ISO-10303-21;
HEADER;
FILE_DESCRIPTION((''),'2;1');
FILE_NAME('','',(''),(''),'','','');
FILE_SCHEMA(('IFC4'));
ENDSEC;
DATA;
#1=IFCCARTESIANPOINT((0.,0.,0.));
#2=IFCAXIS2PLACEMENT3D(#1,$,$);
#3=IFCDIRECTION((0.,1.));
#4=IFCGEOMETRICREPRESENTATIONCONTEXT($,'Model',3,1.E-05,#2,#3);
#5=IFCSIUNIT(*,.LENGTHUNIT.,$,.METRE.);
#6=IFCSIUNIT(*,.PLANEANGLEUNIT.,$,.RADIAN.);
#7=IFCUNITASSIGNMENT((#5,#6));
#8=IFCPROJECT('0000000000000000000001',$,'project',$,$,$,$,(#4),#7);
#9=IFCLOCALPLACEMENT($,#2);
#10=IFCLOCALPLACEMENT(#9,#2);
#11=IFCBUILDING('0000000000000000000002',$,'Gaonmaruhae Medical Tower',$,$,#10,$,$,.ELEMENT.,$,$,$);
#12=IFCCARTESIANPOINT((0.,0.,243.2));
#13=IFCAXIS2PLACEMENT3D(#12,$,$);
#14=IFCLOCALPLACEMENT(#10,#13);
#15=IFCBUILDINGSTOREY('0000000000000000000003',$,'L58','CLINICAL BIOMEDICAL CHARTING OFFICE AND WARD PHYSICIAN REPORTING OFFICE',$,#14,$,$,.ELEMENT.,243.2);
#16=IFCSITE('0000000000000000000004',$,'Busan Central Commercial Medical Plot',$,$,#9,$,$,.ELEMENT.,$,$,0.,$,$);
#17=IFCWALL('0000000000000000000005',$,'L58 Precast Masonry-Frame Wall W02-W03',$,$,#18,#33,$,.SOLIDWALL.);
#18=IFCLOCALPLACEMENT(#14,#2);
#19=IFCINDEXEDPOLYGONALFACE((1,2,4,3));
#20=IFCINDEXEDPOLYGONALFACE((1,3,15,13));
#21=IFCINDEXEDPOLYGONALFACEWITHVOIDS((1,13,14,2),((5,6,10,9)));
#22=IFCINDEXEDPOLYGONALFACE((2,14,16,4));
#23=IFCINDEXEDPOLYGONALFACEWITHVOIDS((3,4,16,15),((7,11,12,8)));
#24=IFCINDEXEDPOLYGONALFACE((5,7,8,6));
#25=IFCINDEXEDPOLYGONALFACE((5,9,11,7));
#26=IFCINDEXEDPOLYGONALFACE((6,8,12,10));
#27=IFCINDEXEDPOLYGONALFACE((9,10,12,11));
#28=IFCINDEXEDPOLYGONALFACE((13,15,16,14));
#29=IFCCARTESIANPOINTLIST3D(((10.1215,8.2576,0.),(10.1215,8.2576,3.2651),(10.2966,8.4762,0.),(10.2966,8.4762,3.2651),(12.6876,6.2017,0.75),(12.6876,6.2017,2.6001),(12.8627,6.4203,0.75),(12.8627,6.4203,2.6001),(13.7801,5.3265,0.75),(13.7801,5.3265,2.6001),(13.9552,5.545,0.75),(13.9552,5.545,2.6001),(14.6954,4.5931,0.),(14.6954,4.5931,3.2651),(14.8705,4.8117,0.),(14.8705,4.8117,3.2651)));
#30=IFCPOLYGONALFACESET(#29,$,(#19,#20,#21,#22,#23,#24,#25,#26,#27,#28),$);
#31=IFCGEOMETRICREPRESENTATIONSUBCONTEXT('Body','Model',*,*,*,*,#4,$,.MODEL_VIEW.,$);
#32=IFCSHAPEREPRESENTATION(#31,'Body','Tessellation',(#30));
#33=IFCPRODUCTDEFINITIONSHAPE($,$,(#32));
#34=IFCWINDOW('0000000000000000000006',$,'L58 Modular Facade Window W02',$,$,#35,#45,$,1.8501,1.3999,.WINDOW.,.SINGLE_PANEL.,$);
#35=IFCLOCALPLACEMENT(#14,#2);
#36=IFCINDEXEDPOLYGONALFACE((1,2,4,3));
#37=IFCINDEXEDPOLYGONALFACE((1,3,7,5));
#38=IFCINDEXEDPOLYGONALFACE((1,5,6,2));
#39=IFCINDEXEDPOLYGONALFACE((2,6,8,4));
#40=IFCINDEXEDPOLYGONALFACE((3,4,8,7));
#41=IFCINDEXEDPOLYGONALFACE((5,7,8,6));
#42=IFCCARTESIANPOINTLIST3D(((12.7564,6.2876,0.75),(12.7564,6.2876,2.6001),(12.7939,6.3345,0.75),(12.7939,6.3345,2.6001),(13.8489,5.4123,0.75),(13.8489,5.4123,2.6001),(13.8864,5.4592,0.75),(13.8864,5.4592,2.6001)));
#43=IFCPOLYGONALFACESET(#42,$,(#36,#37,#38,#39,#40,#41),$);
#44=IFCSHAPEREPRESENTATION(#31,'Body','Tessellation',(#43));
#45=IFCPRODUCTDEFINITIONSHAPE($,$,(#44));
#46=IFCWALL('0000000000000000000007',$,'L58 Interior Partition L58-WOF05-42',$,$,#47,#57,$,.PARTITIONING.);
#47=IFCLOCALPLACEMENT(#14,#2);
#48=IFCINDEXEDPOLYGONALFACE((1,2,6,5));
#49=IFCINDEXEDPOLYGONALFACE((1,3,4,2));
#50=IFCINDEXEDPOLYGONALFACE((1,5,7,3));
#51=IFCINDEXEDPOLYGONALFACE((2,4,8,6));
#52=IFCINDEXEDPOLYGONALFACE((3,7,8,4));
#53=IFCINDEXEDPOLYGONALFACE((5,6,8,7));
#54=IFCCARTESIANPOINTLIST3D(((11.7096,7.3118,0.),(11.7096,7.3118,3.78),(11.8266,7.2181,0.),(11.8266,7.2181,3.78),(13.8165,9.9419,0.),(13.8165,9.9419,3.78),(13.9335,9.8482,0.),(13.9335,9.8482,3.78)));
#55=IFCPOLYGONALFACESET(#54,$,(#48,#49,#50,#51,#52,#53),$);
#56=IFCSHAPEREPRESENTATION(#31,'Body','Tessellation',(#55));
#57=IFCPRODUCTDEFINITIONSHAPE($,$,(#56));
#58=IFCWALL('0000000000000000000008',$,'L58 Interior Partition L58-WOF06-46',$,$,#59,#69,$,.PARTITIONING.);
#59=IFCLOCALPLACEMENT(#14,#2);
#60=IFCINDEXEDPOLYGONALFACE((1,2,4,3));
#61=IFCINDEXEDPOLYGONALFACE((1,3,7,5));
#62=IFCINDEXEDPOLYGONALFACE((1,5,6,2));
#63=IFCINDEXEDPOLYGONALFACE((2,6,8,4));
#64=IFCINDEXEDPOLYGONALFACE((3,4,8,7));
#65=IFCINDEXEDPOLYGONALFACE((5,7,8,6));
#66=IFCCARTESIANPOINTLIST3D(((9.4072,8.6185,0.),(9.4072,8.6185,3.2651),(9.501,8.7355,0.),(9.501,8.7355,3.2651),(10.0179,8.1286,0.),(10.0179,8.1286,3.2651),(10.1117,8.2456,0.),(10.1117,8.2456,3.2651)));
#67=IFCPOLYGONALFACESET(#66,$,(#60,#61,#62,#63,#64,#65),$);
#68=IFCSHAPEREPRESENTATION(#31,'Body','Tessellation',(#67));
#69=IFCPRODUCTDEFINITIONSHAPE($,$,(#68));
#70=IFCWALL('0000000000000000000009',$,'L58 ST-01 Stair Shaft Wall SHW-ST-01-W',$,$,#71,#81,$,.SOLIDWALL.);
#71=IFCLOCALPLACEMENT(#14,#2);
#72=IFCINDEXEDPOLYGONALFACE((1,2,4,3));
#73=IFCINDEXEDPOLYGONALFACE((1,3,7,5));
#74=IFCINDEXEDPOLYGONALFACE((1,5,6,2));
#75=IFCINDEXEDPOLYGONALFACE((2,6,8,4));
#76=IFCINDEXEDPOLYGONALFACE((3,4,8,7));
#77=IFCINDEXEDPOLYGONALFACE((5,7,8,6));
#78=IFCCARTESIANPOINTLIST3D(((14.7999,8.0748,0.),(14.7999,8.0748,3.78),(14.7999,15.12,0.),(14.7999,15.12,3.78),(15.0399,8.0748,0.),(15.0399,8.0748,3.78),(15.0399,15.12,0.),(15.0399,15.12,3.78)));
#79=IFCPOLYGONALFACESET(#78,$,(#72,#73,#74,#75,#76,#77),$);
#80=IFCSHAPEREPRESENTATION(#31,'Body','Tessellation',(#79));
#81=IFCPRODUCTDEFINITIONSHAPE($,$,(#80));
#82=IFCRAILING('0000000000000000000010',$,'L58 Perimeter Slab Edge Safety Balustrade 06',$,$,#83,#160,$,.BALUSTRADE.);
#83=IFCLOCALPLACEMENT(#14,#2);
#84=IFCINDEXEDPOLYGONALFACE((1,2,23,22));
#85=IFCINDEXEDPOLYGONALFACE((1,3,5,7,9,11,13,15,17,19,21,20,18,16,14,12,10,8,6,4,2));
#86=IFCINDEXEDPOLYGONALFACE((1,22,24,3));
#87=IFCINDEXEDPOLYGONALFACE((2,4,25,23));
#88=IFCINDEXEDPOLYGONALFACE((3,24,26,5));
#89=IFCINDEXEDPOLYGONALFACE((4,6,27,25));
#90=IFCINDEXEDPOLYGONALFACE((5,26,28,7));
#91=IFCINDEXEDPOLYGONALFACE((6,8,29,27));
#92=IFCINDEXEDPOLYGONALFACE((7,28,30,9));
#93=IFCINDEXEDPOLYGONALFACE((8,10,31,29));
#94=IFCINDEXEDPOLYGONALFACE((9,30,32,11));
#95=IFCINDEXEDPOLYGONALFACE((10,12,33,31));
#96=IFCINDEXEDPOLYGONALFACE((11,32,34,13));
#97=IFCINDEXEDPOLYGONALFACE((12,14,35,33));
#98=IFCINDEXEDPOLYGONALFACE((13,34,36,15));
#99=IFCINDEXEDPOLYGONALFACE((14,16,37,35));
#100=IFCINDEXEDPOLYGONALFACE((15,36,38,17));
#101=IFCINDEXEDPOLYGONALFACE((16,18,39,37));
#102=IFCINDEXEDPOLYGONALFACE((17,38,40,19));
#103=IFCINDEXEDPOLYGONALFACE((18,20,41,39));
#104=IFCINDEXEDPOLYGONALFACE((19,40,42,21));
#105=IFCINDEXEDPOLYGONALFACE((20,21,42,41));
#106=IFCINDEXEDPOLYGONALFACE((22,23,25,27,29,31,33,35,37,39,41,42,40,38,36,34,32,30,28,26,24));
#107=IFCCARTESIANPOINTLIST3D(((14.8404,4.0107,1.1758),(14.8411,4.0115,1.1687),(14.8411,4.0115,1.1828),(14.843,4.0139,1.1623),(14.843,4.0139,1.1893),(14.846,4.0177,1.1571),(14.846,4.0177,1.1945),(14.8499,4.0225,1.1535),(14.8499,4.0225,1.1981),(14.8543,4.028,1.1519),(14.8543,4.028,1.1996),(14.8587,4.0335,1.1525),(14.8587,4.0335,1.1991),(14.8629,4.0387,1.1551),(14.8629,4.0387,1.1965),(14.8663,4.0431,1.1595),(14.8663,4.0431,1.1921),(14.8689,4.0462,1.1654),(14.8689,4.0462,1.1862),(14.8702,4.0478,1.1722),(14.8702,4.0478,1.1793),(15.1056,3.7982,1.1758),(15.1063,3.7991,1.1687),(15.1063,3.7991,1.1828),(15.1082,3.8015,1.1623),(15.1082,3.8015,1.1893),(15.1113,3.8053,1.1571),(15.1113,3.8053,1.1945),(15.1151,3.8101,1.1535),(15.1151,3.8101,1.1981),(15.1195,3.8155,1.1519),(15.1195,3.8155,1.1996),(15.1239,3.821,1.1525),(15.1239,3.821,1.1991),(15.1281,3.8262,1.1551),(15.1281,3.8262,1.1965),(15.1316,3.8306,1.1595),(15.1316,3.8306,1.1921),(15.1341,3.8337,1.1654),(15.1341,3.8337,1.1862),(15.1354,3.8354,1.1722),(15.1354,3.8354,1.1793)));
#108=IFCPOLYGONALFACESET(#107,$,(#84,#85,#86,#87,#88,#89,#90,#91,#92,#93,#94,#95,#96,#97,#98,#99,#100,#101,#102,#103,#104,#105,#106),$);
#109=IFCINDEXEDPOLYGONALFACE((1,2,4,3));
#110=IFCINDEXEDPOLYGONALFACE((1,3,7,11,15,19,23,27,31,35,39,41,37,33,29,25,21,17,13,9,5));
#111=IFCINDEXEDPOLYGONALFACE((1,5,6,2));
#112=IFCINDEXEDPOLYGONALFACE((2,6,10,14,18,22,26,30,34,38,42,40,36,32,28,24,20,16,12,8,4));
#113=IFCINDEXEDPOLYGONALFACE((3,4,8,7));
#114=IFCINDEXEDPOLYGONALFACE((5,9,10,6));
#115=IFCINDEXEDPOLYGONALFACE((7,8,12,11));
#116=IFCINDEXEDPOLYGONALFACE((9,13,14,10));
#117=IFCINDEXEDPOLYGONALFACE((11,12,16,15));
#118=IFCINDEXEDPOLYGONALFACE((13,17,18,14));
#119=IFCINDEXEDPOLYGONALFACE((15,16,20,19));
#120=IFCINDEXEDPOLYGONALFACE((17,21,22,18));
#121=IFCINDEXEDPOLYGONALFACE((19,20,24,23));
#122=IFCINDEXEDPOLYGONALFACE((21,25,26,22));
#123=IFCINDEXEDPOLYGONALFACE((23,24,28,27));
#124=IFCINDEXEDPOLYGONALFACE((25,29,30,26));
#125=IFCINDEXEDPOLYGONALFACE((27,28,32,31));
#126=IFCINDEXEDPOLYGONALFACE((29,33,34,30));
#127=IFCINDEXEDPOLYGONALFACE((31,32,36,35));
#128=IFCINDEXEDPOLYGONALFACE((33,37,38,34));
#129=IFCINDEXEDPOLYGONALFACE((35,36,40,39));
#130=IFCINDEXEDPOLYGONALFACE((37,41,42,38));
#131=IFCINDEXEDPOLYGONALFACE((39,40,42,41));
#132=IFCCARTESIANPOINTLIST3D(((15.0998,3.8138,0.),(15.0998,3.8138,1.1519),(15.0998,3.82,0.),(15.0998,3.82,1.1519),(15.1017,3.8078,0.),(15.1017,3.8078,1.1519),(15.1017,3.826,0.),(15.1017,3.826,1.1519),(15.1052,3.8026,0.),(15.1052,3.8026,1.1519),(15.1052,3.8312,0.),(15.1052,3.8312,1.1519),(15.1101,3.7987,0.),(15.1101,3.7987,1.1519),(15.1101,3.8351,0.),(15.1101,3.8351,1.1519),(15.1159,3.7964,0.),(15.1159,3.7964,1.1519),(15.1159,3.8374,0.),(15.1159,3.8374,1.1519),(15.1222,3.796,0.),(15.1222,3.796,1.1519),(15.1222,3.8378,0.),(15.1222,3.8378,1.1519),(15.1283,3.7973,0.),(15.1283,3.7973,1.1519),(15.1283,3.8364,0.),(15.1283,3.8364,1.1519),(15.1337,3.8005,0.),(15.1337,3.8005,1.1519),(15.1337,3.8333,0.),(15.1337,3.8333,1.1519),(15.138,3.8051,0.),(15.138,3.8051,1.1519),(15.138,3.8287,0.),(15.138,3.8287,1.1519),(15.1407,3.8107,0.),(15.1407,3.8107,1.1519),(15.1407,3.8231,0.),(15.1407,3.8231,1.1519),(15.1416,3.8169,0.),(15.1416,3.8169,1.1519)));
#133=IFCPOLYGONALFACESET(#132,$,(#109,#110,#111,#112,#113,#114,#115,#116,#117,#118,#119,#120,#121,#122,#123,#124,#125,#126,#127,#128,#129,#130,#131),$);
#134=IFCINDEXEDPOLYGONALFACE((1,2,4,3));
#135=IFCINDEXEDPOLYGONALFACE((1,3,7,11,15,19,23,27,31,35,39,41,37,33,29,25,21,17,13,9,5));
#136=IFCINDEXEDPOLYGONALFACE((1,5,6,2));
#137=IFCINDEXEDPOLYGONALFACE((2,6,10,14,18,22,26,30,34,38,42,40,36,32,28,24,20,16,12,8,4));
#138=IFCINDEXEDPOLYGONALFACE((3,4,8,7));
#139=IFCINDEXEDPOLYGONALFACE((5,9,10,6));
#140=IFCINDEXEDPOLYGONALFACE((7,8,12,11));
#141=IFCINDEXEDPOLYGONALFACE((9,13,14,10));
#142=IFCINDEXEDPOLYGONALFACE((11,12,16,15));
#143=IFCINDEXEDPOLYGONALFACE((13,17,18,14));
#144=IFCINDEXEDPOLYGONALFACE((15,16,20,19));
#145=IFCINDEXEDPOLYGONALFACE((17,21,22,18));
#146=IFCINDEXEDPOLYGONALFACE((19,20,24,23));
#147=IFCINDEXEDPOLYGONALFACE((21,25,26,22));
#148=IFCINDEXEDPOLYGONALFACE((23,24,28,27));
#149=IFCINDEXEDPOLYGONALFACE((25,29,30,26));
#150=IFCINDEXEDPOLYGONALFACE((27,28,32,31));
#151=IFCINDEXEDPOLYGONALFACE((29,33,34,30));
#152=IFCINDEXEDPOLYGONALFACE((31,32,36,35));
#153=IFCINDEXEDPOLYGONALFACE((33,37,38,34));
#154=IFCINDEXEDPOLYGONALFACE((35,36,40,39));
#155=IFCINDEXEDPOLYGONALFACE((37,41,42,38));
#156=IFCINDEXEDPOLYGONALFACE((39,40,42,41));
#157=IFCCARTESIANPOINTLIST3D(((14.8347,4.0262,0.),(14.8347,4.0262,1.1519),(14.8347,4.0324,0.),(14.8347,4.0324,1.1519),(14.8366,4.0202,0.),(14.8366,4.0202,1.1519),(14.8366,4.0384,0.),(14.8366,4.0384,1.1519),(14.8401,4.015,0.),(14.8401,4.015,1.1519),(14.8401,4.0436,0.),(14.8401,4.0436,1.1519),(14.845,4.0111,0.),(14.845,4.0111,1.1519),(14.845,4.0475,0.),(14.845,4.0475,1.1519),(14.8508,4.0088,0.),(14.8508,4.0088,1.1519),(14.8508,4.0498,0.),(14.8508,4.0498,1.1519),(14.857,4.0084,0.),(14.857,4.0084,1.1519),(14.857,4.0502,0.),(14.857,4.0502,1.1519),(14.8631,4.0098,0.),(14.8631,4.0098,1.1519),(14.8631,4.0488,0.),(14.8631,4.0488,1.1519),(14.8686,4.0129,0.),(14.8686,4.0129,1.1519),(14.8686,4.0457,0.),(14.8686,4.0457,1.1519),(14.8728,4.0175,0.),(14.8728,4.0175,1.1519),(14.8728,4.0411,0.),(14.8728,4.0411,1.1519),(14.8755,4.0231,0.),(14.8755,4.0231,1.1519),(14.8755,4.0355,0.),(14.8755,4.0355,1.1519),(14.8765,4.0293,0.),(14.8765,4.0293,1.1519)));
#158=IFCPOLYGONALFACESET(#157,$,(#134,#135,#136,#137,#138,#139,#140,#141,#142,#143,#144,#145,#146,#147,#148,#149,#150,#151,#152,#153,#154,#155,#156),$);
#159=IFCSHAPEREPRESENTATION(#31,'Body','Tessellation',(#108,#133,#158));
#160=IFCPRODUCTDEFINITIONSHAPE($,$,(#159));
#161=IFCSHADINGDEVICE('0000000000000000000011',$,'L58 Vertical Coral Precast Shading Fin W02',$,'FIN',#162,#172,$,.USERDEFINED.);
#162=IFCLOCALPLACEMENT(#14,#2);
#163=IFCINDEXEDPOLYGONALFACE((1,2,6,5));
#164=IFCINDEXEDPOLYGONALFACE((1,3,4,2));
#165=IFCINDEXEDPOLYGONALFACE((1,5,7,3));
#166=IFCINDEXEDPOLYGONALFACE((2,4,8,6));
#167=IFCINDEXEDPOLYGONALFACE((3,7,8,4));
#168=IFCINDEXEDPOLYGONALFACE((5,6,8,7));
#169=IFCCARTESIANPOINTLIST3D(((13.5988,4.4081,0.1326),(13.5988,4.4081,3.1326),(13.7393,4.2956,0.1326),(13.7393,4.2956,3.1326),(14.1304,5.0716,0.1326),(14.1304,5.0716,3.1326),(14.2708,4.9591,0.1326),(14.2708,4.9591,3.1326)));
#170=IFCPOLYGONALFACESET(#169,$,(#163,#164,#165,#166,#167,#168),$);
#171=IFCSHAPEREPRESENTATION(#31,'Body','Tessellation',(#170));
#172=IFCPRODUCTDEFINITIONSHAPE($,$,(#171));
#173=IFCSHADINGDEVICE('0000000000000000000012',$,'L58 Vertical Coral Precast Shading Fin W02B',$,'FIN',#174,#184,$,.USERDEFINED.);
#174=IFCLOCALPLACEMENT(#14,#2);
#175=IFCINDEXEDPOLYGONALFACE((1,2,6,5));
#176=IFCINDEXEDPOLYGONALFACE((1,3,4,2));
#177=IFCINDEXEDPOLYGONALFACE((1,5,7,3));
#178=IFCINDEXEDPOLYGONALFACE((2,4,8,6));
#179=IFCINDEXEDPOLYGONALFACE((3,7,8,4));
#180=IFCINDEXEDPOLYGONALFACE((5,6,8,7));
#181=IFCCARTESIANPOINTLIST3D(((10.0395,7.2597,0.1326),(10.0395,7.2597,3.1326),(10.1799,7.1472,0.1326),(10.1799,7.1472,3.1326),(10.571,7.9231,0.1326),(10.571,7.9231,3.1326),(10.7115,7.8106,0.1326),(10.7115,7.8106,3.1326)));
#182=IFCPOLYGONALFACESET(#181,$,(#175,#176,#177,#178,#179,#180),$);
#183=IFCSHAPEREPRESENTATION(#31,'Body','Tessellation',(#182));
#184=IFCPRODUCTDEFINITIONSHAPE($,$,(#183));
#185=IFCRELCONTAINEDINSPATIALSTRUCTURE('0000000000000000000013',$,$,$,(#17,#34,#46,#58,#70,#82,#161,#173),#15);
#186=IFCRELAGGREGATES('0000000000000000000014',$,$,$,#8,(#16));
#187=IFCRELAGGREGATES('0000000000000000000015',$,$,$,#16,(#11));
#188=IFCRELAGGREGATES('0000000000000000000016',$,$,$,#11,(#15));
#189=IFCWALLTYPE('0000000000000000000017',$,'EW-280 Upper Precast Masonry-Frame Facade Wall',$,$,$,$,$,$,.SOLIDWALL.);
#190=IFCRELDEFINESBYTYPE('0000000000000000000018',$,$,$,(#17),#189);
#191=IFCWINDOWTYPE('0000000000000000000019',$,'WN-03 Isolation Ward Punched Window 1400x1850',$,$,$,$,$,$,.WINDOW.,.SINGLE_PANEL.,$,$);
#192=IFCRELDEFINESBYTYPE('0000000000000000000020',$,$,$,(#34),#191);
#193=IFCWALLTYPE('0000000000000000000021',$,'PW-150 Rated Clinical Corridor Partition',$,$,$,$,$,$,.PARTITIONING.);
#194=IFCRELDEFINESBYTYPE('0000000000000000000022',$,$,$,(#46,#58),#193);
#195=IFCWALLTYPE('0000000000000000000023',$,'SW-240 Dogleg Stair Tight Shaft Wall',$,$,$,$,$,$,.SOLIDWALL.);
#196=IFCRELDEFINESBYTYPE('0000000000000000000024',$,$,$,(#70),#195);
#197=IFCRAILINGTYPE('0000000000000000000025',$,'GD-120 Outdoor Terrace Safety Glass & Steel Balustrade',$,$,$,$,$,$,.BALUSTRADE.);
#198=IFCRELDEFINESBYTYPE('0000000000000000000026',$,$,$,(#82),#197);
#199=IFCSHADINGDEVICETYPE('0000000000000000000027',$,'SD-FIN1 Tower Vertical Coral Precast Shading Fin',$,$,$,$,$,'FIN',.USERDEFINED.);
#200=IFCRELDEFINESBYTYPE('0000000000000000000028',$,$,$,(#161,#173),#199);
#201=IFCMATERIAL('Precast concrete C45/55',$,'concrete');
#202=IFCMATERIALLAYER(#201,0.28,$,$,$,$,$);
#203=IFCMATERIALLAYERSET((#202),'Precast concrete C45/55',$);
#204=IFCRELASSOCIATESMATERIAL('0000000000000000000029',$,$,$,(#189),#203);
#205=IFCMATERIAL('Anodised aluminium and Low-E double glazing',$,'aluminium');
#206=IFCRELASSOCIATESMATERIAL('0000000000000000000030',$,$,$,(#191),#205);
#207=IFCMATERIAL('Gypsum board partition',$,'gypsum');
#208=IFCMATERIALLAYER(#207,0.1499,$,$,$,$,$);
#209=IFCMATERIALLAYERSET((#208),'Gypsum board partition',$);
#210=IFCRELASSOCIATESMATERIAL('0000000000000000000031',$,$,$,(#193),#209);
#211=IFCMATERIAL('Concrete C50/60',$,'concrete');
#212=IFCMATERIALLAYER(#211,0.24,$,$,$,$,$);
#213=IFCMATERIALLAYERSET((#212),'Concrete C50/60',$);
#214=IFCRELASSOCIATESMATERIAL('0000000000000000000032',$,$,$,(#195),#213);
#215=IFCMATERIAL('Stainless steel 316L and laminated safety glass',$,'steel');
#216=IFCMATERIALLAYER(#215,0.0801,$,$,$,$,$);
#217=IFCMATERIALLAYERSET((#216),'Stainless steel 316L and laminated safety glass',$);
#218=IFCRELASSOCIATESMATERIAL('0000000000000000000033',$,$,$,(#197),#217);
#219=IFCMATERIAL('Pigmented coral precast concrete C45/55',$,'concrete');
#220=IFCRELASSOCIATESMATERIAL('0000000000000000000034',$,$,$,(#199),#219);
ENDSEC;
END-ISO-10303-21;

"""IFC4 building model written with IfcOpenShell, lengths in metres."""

from ifc_helpers import new_model, si_unit, direction, frame, frame_2d, origin, origin_2d, place, context, subcontext, project, spatial, rectangle, circle, extrude, material, layer, layer_set, type_object, element, fill, save


model = new_model("IFC4")

# Units and contexts
model_context = context("Model", 3, precision=1e-05, world=origin(), true_north=direction((0.0, 1.0)))
body_context = subcontext(model_context, "Body", "Model", "MODEL_VIEW")
ifc_project = project(units=[si_unit("LENGTHUNIT", "METRE"), si_unit("PLANEANGLEUNIT", "RADIAN")], contexts=[model_context])

# Site, building, storey
site_placement = place(None, origin())
site = spatial("IfcSite", under=ifc_project, at=site_placement, Name="Busan Central Commercial Medical Plot", CompositionType="ELEMENT", RefElevation=0.0)
building_placement = place(site_placement, origin())
building = spatial("IfcBuilding", under=site, at=building_placement, Name="Gaonmaruhae Medical Tower", CompositionType="ELEMENT")
storey_placement = place(building_placement, frame((0.0, 0.0, 243.2)))
storey = spatial("IfcBuildingStorey", under=building, at=storey_placement, Name="L58", Description="CLINICAL BIOMEDICAL CHARTING OFFICE AND WARD PHYSICIAN REPORTING OFFICE", CompositionType="ELEMENT", Elevation=243.2)

# Shared definitions
ifc_material_1 = material(Name="Concrete C50/60", Category="concrete")

# Wall, opening, window
ifc_material_2 = material(Name="Precast concrete C45/55", Category="concrete")
ifc_layer_1 = layer(ifc_material_2, 0.28)
ifc_layer_set_1 = layer_set([ifc_layer_1], Name="Precast concrete C45/55")
wall_type_1 = type_object("IfcWallType", Name="EW-280 Upper Precast Masonry-Frame Facade Wall", PredefinedType="SOLIDWALL", material=ifc_layer_set_1)
wall_1_placement = place(storey_placement, frame((14.783, 4.7024, 0.0), z_axis=(0.0, 0.0, 1.0), x_axis=(-0.780422, 0.625254, 0.0)))
wall_1 = element("IfcWall", 1, at=wall_1_placement, inside=storey, type_object=wall_type_1, Name="L58 Precast Masonry-Frame Wall W02-W03", PredefinedType="SOLIDWALL", context=body_context, shape_type="SweptSolid", body=[
    extrude(rectangle(XDim=5.8608, YDim=0.28, at=frame_2d((2.9304, 0.0))), origin(), (0.0, 0.0, 1.0), 3.2651),
])
opening_placement = place(wall_1_placement, frame((1.1729, 0.0, 0.75)))
opening = element("IfcOpeningElement", 2, at=opening_placement, cuts=wall_1, PredefinedType="OPENING", context=body_context, shape_type="SweptSolid", body=[
    extrude(rectangle(XDim=1.3999, YDim=1.8501, at=frame_2d((0.7, 0.925))), frame((0.0, 0.1499, 0.0), z_axis=(0.0, -1.0, 0.0), x_axis=(1.0, 0.0, 0.0)), (0.0, 0.0, 1.0), 0.3),
])
ifc_material_3 = material(Name="Anodised aluminium and Low-E double glazing", Category="aluminium")
window_type = type_object("IfcWindowType", Name="WN-03 Isolation Ward Punched Window 1400x1850", PartitioningType="SINGLE_PANEL", PredefinedType="WINDOW", material=ifc_material_3)
window_placement = place(opening_placement, origin())
window = element("IfcWindow", 3, at=window_placement, inside=storey, type_object=window_type, Name="L58 Modular Facade Window W02", OverallHeight=1.8501, OverallWidth=1.3999, PartitioningType="SINGLE_PANEL", PredefinedType="WINDOW", context=body_context, shape_type="SweptSolid", body=[
    extrude(rectangle(XDim=1.3999, YDim=1.8501, at=frame_2d((0.7, 0.925))), frame((0.0, 0.03, 0.0), z_axis=(0.0, -1.0, 0.0), x_axis=(1.0, 0.0, 0.0)), (0.0, 0.0, 1.0), 0.0601),
])
fill(opening, window)

# Walls
ifc_material_4 = material(Name="Gypsum board partition", Category="gypsum")
ifc_layer_2 = layer(ifc_material_4, 0.1499)
ifc_layer_set_2 = layer_set([ifc_layer_2], Name="Gypsum board partition")
wall_type_2 = type_object("IfcWallType", Name="PW-150 Rated Clinical Corridor Partition", PredefinedType="PARTITIONING", material=ifc_layer_set_2)
wall_2_placement = place(storey_placement, frame((11.7681, 7.2649, 0.0), z_axis=(0.0, 0.0, 1.0), x_axis=(0.625207, 0.780459, 0.0)))
element("IfcWall", 4, at=wall_2_placement, inside=storey, type_object=wall_type_2, Name="L58 Interior Partition L58-WOF05-42", PredefinedType="PARTITIONING", context=body_context, shape_type="SweptSolid", body=[
    extrude(rectangle(XDim=3.3699, YDim=0.1499, at=frame_2d((1.6851, 0.0))), origin(), (0.0, 0.0, 1.0), 3.78),
])
wall_3_placement = place(storey_placement, frame((10.0649, 8.187, 0.0), z_axis=(0.0, 0.0, 1.0), x_axis=(-0.780047, 0.625721, 0.0)))
element("IfcWall", 5, at=wall_3_placement, inside=storey, type_object=wall_type_2, Name="L58 Interior Partition L58-WOF06-46", PredefinedType="PARTITIONING", context=body_context, shape_type="SweptSolid", body=[
    extrude(rectangle(XDim=0.783, YDim=0.1499, at=frame_2d((0.3916, 0.0))), origin(), (0.0, 0.0, 1.0), 3.2651),
])
ifc_layer_3 = layer(ifc_material_1, 0.24)
ifc_layer_set_3 = layer_set([ifc_layer_3], Name="Concrete C50/60")
wall_type_3 = type_object("IfcWallType", Name="SW-240 Dogleg Stair Tight Shaft Wall", PredefinedType="SOLIDWALL", material=ifc_layer_set_3)
wall_4_placement = place(storey_placement, frame((14.9199, 8.075, 0.0), z_axis=(0.0, 0.0, 1.0), x_axis=(0.0, 1.0, 0.0)))
element("IfcWall", 6, at=wall_4_placement, inside=storey, type_object=wall_type_3, Name="L58 ST-01 Stair Shaft Wall SHW-ST-01-W", PredefinedType="SOLIDWALL", context=body_context, shape_type="SweptSolid", body=[
    extrude(rectangle(XDim=7.0452, YDim=0.24, at=frame_2d((3.5225, 0.0))), origin(), (0.0, 0.0, 1.0), 3.78),
])

# Railing
ifc_material_5 = material(Name="Stainless steel 316L and laminated safety glass", Category="steel")
ifc_layer_4 = layer(ifc_material_5, 0.0801)
ifc_layer_set_4 = layer_set([ifc_layer_4], Name="Stainless steel 316L and laminated safety glass")
railing_type = type_object("IfcRailingType", Name="GD-120 Outdoor Terrace Safety Glass & Steel Balustrade", PredefinedType="BALUSTRADE", material=ifc_layer_set_4)
railing_placement = place(storey_placement, frame((15.1206, 3.8169, 0.0)))
element("IfcRailing", 7, at=railing_placement, inside=storey, type_object=railing_type, Name="L58 Perimeter Slab Edge Safety Balustrade 06", PredefinedType="BALUSTRADE", context=body_context, shape_type="SweptSolid", body=[
    extrude(circle(Radius=0.0239, at=origin_2d()), frame((0.0, 0.0, 1.1758), z_axis=(-0.780448, 0.625221, 0.0), x_axis=(-0.625221, -0.780448, 0.0)), (0.0, 0.0, 1.0), 0.3398),
    extrude(circle(Radius=0.021, at=origin_2d()), origin(), (0.0, 0.0, 1.0), 1.1519),
    extrude(circle(Radius=0.021, at=origin_2d()), frame((-0.2651, 0.2124, 0.0)), (0.0, 0.0, 1.0), 1.1519),
])

# Shading devices
ifc_material_6 = material(Name="Pigmented coral precast concrete C45/55", Category="concrete")
shading_device_type = type_object("IfcShadingDeviceType", Name="SD-FIN1 Tower Vertical Coral Precast Shading Fin", ElementType="FIN", PredefinedType="USERDEFINED", material=ifc_material_6)
for number, where, z_axis, x_axis, name in (
    (8, (13.9348, 4.6836, 0.1326), (0.0, 0.0, 1.0), (-0.78043, 0.625243, 0.0), "L58 Vertical Coral Precast Shading Fin W02"),
    (9, (10.3755, 7.5352, 0.1326), (0.0, 0.0, 1.0), (-0.78043, 0.625243, 0.0), "L58 Vertical Coral Precast Shading Fin W02B"),
):
    element("IfcShadingDevice", number, at=place(storey_placement, frame(where, z_axis=z_axis, x_axis=x_axis)), inside=storey, type_object=shading_device_type, Name=name, ObjectType="FIN", PredefinedType="USERDEFINED", context=body_context, shape_type="SweptSolid", body=[
        extrude(rectangle(XDim=0.1799, YDim=0.8501, at=origin_2d()), origin(), (0.0, 0.0, 1.0), 3.0),
    ])

save(model, "model.ifc")
